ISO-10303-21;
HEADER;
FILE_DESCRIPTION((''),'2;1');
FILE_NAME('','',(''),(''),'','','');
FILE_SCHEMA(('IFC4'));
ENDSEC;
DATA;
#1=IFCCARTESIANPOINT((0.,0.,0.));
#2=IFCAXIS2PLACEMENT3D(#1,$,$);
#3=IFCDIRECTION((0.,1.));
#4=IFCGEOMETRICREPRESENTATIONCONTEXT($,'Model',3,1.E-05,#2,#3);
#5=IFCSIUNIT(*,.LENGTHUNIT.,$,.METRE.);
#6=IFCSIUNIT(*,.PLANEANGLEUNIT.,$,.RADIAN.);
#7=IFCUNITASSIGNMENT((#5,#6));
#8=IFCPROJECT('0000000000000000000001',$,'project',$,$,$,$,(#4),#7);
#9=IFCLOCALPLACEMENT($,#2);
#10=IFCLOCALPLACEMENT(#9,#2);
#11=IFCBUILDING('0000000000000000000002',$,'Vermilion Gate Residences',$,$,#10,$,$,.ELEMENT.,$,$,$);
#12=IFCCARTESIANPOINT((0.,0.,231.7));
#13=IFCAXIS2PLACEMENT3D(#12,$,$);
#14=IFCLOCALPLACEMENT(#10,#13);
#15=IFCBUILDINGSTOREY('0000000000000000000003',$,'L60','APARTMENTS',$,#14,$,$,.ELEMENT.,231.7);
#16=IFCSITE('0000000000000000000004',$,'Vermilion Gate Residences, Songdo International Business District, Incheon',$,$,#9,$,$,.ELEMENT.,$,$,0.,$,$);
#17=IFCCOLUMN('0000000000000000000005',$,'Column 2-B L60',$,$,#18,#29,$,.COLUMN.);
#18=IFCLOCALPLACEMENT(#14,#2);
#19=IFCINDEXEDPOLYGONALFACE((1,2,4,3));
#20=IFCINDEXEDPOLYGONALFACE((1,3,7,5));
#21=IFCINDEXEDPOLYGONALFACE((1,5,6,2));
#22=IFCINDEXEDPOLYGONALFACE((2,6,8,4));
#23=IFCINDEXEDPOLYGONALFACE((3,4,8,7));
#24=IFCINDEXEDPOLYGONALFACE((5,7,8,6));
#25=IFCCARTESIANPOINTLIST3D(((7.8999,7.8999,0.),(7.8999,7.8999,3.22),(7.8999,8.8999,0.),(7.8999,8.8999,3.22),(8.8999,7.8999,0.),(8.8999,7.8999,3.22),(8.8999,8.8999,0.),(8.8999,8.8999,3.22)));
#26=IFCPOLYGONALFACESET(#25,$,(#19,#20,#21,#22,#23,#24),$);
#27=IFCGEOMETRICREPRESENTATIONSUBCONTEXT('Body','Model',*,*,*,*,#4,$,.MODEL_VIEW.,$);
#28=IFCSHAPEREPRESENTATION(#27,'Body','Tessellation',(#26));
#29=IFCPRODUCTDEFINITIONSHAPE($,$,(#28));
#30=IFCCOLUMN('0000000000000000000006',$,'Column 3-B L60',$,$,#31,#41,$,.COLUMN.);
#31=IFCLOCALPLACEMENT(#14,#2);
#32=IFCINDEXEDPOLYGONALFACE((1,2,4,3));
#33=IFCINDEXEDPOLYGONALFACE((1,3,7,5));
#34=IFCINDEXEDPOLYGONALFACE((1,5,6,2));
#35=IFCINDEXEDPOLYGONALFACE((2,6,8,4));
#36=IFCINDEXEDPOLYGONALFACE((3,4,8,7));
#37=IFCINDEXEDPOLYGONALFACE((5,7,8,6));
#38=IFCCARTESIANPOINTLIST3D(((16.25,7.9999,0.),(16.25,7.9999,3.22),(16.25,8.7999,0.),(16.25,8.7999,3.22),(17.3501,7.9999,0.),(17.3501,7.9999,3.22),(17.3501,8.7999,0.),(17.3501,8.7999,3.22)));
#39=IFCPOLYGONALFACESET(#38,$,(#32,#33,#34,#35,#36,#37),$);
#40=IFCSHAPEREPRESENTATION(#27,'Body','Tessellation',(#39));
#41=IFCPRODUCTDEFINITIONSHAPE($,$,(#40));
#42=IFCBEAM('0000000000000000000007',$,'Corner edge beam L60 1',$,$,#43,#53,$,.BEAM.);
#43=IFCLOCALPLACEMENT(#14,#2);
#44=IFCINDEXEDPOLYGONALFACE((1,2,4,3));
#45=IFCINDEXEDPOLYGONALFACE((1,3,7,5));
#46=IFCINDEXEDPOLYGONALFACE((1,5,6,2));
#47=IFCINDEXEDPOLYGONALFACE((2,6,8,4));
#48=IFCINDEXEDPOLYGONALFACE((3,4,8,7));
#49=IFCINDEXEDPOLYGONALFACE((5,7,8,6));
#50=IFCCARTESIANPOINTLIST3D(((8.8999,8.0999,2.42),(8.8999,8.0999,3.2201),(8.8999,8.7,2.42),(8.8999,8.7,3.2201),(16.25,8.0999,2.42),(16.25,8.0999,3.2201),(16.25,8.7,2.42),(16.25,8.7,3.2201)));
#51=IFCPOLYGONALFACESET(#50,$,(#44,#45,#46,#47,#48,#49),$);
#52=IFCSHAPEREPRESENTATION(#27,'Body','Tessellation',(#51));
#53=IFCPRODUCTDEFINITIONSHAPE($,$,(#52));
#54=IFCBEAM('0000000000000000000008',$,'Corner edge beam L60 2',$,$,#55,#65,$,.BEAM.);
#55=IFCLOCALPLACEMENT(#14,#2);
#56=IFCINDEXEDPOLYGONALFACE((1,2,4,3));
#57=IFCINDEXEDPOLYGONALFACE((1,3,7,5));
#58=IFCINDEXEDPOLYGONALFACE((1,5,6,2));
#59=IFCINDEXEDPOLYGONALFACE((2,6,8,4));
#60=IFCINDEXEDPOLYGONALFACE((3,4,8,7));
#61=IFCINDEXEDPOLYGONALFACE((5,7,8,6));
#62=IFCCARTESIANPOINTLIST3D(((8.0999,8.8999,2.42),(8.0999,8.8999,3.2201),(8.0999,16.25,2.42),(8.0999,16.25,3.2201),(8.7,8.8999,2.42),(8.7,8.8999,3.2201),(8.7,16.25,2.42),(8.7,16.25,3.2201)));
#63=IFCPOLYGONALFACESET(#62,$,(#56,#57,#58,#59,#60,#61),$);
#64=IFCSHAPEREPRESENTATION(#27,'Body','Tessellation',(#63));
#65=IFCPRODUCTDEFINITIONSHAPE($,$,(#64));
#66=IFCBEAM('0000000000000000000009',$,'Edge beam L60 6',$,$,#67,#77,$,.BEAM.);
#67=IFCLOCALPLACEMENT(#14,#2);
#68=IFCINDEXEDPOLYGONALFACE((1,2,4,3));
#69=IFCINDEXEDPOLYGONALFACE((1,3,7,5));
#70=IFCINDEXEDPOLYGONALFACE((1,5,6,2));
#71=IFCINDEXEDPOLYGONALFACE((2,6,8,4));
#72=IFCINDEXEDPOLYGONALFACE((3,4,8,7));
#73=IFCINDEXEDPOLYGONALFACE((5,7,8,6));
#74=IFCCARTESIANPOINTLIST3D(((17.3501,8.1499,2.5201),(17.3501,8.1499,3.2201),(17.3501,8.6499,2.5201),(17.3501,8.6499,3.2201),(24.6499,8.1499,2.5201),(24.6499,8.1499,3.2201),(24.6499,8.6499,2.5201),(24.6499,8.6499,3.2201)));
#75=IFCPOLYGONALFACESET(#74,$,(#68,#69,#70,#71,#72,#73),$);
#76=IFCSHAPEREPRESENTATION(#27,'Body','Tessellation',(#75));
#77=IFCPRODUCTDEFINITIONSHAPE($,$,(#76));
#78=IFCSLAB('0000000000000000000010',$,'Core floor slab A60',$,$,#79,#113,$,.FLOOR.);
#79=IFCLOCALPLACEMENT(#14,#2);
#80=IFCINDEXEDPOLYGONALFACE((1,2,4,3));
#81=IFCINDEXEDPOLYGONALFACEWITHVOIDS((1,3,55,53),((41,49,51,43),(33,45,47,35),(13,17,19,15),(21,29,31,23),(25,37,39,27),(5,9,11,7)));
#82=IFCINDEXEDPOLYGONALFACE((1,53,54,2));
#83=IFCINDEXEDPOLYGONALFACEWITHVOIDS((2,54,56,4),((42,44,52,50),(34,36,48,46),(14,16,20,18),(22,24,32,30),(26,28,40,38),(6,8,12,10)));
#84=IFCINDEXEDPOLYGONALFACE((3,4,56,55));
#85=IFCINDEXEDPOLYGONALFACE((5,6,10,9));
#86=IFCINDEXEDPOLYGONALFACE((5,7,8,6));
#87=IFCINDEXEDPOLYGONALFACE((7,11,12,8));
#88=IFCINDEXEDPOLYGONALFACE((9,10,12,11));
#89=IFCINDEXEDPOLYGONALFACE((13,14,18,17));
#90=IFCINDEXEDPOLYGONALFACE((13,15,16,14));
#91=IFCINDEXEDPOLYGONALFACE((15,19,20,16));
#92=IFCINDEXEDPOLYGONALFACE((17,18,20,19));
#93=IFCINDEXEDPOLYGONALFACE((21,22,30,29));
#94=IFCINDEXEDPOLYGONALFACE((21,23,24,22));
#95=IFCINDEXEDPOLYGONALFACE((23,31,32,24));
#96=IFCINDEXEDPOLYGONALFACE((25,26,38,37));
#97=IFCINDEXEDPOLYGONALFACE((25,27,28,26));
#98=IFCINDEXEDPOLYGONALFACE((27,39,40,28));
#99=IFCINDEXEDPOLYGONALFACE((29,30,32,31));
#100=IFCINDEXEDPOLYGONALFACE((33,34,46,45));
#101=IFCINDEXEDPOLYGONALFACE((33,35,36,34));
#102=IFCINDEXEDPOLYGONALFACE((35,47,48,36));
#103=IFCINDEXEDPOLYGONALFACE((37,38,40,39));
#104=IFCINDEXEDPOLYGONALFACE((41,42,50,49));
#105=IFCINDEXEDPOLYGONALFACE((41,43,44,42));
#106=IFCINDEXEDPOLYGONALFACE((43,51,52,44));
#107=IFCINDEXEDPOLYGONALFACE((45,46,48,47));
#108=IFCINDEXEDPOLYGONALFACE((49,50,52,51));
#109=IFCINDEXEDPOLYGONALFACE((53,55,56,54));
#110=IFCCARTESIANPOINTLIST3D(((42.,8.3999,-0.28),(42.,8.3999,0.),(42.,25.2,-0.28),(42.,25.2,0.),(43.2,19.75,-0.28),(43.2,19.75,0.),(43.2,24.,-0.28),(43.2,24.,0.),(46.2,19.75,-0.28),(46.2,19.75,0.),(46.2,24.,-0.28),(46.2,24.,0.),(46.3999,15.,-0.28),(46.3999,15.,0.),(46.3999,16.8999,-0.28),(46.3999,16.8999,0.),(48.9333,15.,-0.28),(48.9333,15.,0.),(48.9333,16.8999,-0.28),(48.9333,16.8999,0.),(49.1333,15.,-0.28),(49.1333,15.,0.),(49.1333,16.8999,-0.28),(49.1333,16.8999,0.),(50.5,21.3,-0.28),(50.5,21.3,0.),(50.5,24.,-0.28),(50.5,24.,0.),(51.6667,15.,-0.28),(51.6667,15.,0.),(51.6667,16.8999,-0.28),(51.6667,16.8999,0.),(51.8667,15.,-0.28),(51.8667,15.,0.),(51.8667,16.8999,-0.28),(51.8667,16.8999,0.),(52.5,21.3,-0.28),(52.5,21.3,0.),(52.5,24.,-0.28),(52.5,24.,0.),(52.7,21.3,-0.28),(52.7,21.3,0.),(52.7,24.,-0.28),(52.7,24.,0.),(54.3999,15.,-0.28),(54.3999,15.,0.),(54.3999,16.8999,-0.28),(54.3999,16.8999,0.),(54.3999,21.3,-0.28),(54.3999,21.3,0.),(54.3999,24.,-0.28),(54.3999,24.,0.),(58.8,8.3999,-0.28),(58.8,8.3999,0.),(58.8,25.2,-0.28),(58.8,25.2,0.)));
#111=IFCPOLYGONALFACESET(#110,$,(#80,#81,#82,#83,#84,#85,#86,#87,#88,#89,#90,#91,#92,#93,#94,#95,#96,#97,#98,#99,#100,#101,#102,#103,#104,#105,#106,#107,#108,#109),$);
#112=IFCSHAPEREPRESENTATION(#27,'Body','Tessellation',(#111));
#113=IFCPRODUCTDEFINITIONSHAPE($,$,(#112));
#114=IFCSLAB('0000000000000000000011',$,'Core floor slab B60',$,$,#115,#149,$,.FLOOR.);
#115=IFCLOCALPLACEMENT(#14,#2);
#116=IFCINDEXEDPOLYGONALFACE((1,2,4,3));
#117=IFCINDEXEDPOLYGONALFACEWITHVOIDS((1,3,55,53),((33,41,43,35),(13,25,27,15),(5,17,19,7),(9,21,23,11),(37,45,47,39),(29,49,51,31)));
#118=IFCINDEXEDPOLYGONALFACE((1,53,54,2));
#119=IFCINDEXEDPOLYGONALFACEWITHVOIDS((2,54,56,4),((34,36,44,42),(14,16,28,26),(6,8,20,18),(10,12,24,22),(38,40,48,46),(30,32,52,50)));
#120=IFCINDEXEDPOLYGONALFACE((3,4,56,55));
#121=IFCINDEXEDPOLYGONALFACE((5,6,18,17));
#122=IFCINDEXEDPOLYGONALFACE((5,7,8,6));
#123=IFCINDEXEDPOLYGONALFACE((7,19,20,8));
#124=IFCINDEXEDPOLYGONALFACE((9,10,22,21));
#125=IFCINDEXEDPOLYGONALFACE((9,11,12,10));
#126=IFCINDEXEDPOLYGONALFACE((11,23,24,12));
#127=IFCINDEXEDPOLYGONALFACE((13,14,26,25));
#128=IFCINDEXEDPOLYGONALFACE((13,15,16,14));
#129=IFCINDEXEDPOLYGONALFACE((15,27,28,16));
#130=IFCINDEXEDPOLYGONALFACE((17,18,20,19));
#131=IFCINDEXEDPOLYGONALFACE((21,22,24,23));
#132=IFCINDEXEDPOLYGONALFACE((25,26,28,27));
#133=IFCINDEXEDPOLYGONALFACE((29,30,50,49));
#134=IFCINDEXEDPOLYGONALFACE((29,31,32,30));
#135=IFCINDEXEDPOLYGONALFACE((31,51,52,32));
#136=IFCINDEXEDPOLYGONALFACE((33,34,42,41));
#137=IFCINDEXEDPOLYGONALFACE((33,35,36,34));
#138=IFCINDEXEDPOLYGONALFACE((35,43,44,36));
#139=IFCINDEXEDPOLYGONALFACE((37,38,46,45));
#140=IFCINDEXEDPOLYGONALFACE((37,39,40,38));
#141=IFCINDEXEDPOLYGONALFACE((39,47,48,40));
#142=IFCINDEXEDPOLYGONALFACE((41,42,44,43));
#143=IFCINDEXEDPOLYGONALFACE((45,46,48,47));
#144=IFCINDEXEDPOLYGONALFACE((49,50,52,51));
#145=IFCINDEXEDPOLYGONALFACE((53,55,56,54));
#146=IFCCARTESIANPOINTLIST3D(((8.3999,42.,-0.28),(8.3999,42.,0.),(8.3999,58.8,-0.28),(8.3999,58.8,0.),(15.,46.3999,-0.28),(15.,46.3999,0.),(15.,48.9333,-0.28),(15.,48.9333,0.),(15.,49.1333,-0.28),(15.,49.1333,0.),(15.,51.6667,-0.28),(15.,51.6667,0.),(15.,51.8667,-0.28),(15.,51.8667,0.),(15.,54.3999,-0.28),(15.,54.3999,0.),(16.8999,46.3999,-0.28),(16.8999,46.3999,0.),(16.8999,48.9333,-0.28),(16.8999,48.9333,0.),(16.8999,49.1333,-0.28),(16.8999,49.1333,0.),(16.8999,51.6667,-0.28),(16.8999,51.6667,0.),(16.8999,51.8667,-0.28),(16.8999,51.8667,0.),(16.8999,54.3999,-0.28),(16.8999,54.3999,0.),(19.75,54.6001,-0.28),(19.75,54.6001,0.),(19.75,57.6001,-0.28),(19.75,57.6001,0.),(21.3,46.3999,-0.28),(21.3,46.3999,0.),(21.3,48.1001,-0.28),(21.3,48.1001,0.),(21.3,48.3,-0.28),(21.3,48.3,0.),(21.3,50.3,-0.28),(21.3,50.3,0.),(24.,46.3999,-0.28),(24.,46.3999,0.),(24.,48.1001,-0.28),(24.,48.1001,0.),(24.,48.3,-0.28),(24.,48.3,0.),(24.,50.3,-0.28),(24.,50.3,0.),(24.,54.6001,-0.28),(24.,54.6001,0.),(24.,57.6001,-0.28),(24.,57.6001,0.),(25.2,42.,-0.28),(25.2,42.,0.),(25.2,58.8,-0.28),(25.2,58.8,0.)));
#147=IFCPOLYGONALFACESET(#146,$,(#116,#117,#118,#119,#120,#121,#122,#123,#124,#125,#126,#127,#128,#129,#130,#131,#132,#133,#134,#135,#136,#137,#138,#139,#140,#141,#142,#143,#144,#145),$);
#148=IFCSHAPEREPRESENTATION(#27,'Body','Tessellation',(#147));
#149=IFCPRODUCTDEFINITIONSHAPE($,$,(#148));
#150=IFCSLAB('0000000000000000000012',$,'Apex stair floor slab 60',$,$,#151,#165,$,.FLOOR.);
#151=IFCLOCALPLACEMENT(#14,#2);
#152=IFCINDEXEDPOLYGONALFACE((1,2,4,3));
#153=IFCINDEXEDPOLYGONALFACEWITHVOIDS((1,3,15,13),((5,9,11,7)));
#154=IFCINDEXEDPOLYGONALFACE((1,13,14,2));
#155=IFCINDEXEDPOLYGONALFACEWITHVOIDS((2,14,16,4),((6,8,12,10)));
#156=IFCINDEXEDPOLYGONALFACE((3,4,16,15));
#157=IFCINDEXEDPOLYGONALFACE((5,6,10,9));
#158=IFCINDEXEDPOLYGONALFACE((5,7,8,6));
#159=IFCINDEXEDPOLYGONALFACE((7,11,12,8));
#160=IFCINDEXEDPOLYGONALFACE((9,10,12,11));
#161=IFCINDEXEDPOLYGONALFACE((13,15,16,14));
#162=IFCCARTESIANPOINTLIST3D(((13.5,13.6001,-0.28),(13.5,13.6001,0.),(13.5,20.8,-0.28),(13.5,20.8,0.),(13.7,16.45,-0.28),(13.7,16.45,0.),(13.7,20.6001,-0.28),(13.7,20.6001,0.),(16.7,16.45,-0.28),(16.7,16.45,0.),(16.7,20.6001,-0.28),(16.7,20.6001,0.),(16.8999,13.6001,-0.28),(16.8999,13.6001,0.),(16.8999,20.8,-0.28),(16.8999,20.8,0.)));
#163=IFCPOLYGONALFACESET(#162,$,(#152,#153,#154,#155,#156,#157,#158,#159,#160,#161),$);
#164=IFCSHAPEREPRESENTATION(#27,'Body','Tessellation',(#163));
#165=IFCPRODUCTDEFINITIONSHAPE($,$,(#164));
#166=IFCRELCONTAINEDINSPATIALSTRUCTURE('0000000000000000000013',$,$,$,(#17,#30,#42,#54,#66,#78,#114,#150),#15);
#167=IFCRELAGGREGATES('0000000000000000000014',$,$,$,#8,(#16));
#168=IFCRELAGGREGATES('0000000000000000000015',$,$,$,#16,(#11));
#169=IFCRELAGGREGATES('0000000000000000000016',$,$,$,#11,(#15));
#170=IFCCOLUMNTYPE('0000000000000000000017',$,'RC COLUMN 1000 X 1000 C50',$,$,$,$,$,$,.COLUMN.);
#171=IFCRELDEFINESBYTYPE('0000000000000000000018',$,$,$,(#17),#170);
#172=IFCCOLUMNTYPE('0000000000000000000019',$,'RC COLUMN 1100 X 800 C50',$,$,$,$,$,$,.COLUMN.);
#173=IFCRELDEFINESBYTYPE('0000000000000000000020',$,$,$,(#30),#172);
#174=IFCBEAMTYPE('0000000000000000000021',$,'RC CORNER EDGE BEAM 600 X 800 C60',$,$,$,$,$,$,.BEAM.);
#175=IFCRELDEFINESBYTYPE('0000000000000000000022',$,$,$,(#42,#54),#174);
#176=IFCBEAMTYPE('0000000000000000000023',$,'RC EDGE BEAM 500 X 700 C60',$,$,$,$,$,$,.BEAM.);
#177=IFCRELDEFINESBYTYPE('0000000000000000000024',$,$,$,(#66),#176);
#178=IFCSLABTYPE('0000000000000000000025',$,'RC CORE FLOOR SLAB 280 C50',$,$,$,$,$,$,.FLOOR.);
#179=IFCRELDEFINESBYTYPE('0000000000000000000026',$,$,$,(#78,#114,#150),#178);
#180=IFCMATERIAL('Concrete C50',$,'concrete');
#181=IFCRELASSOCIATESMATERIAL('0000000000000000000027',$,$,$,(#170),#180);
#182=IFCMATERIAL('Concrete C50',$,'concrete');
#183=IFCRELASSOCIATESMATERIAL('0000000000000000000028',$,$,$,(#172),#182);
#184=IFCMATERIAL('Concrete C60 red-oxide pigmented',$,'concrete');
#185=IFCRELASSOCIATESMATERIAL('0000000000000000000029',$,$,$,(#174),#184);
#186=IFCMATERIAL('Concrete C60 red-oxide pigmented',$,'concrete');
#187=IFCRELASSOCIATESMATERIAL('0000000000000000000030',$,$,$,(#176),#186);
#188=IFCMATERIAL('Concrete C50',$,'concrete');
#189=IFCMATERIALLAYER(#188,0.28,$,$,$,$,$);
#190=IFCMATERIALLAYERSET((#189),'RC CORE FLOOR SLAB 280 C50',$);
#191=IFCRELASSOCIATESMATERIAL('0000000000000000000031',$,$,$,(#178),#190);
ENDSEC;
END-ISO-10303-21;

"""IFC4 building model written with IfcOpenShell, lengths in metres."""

from ifc_helpers import new_model, si_unit, direction, frame, origin, origin_2d, place, context, subcontext, project, spatial, polyline, rectangle, outline, extrude, material, layer, layer_set, material_profile, profile_set, type_object, element, save


model = new_model("IFC4")

# Units and contexts
model_context = context("Model", 3, precision=1e-05, world=origin(), true_north=direction((0.0, 1.0)))
body_context = subcontext(model_context, "Body", "Model", "MODEL_VIEW")
ifc_project = project(units=[si_unit("LENGTHUNIT", "METRE"), si_unit("PLANEANGLEUNIT", "RADIAN")], contexts=[model_context])

# Site, building, storey
site_placement = place(None, origin())
site = spatial("IfcSite", under=ifc_project, at=site_placement, Name="Vermilion Gate Residences, Songdo International Business District, Incheon", CompositionType="ELEMENT", RefElevation=0.0)
building_placement = place(site_placement, origin())
building = spatial("IfcBuilding", under=site, at=building_placement, Name="Vermilion Gate Residences", CompositionType="ELEMENT")
storey_placement = place(building_placement, frame((0.0, 0.0, 231.7)))
storey = spatial("IfcBuildingStorey", under=building, at=storey_placement, Name="L60", Description="APARTMENTS", CompositionType="ELEMENT", Elevation=231.7)

# Columns
ifc_material_1 = material(Name="Concrete C50", Category="concrete")
ifc_material_profile_1 = material_profile(ifc_material_1, rectangle(XDim=1.0, YDim=1.0, at=origin_2d()), Name="RC-1000x1000")
ifc_profile_set_1 = profile_set([ifc_material_profile_1], Name="Concrete C50")
column_type_1 = type_object("IfcColumnType", Name="RC COLUMN 1000 X 1000 C50", PredefinedType="COLUMN", material=ifc_profile_set_1)
column_1_placement = place(storey_placement, frame((8.3999, 8.3999, 0.0), z_axis=(0.0, 0.0, 1.0), x_axis=(1.0, 0.0, 0.0)))
element("IfcColumn", 1, at=column_1_placement, inside=storey, type_object=column_type_1, Name="Column 2-B L60", PredefinedType="COLUMN", context=body_context, shape_type="SweptSolid", body=[
    extrude(rectangle(XDim=1.0, YDim=1.0, at=origin_2d()), origin(), (0.0, 0.0, 1.0), 3.22),
])
ifc_material_2 = material(Name="Concrete C50", Category="concrete")
ifc_material_profile_2 = material_profile(ifc_material_2, rectangle(XDim=1.1001, YDim=0.8, at=origin_2d()), Name="RC-1100x800")
ifc_profile_set_2 = profile_set([ifc_material_profile_2], Name="Concrete C50")
column_type_2 = type_object("IfcColumnType", Name="RC COLUMN 1100 X 800 C50", PredefinedType="COLUMN", material=ifc_profile_set_2)
column_2_placement = place(storey_placement, frame((16.8, 8.3999, 0.0), z_axis=(0.0, 0.0, 1.0), x_axis=(1.0, 0.0, 0.0)))
element("IfcColumn", 2, at=column_2_placement, inside=storey, type_object=column_type_2, Name="Column 3-B L60", PredefinedType="COLUMN", context=body_context, shape_type="SweptSolid", body=[
    extrude(rectangle(XDim=1.1001, YDim=0.8, at=origin_2d()), origin(), (0.0, 0.0, 1.0), 3.22),
])

# Beams
ifc_material_3 = material(Name="Concrete C60 red-oxide pigmented", Category="concrete")
ifc_material_profile_3 = material_profile(ifc_material_3, rectangle(XDim=0.6001, YDim=0.8, at=origin_2d()), Name="RC-600x800")
ifc_profile_set_3 = profile_set([ifc_material_profile_3], Name="Concrete C60 red-oxide pigmented")
beam_type_1 = type_object("IfcBeamType", Name="RC CORNER EDGE BEAM 600 X 800 C60", PredefinedType="BEAM", material=ifc_profile_set_3)
for number, where, z_axis, x_axis, name in (
    (3, (8.8999, 8.3999, 2.8201), (1.0, 0.0, 0.0), (0.0, 1.0, 0.0), "Corner edge beam L60 1"),
    (4, (8.3999, 8.8999, 2.8201), (0.0, 1.0, 0.0), (-1.0, 0.0, 0.0), "Corner edge beam L60 2"),
):
    element("IfcBeam", number, at=place(storey_placement, frame(where, z_axis=z_axis, x_axis=x_axis)), inside=storey, type_object=beam_type_1, Name=name, PredefinedType="BEAM", context=body_context, shape_type="SweptSolid", body=[
        extrude(rectangle(XDim=0.6001, YDim=0.8, at=origin_2d()), origin(), (0.0, 0.0, 1.0), 7.3501),
    ])
ifc_material_4 = material(Name="Concrete C60 red-oxide pigmented", Category="concrete")
ifc_material_profile_4 = material_profile(ifc_material_4, rectangle(XDim=0.5, YDim=0.7, at=origin_2d()), Name="RC-500x700")
ifc_profile_set_4 = profile_set([ifc_material_profile_4], Name="Concrete C60 red-oxide pigmented")
beam_type_2 = type_object("IfcBeamType", Name="RC EDGE BEAM 500 X 700 C60", PredefinedType="BEAM", material=ifc_profile_set_4)
beam_placement = place(storey_placement, frame((17.3501, 8.3999, 2.8701), z_axis=(1.0, 0.0, 0.0), x_axis=(0.0, 1.0, 0.0)))
element("IfcBeam", 5, at=beam_placement, inside=storey, type_object=beam_type_2, Name="Edge beam L60 6", PredefinedType="BEAM", context=body_context, shape_type="SweptSolid", body=[
    extrude(rectangle(XDim=0.5, YDim=0.7, at=origin_2d()), origin(), (0.0, 0.0, 1.0), 7.2998),
])

# Slabs
ifc_material_5 = material(Name="Concrete C50", Category="concrete")
ifc_layer_1 = layer(ifc_material_5, 0.28)
ifc_layer_set_1 = layer_set([ifc_layer_1], Name="RC CORE FLOOR SLAB 280 C50")
slab_type_1 = type_object("IfcSlabType", Name="RC CORE FLOOR SLAB 280 C50", PredefinedType="FLOOR", material=ifc_layer_set_1)
slab_1_placement = place(storey_placement, frame((0.0, 0.0, -0.28)))
element("IfcSlab", 6, at=slab_1_placement, inside=storey, type_object=slab_type_1, Name="Core floor slab A60", PredefinedType="FLOOR", context=body_context, shape_type="SweptSolid", body=[
    extrude(outline(polyline([(42.0, 8.3999), (58.8, 8.3999), (58.8, 25.2), (42.0, 25.2), (42.0, 8.3999)]), holes=[polyline([(46.3999, 15.0), (46.3999, 16.8999), (48.9333, 16.8999), (48.9333, 15.0), (46.3999, 15.0)]), polyline([(49.1333, 16.8999), (51.6667, 16.8999), (51.6667, 15.0), (49.1333, 15.0), (49.1333, 16.8999)]), polyline([(51.8667, 16.8999), (54.3999, 16.8999), (54.3999, 15.0), (51.8667, 15.0), (51.8667, 16.8999)]), polyline([(43.2, 19.75), (43.2, 24.0), (46.2, 24.0), (46.2, 19.75), (43.2, 19.75)]), polyline([(50.5, 24.0), (52.5, 24.0), (52.5, 21.3), (50.5, 21.3), (50.5, 24.0)]), polyline([(52.7, 24.0), (54.3999, 24.0), (54.3999, 21.3), (52.7, 21.3), (52.7, 24.0)])]), origin(), (0.0, 0.0, 1.0), 0.28),
])
slab_2_placement = place(storey_placement, frame((0.0, 0.0, -0.28)))
element("IfcSlab", 7, at=slab_2_placement, inside=storey, type_object=slab_type_1, Name="Core floor slab B60", PredefinedType="FLOOR", context=body_context, shape_type="SweptSolid", body=[
    extrude(outline(polyline([(8.3999, 42.0), (25.2, 42.0), (25.2, 58.8), (8.3999, 58.8), (8.3999, 42.0)]), holes=[polyline([(21.3, 46.3999), (21.3, 48.1001), (24.0, 48.1001), (24.0, 46.3999), (21.3, 46.3999)]), polyline([(15.0, 48.9333), (16.8999, 48.9333), (16.8999, 46.3999), (15.0, 46.3999), (15.0, 48.9333)]), polyline([(21.3, 50.3), (24.0, 50.3), (24.0, 48.3), (21.3, 48.3), (21.3, 50.3)]), polyline([(15.0, 49.1333), (15.0, 51.6667), (16.8999, 51.6667), (16.8999, 49.1333), (15.0, 49.1333)]), polyline([(15.0, 54.3999), (16.8999, 54.3999), (16.8999, 51.8667), (15.0, 51.8667), (15.0, 54.3999)]), polyline([(19.75, 57.6001), (24.0, 57.6001), (24.0, 54.6001), (19.75, 54.6001), (19.75, 57.6001)])]), origin(), (0.0, 0.0, 1.0), 0.28),
])
slab_3_placement = place(storey_placement, frame((0.0, 0.0, -0.28)))
element("IfcSlab", 8, at=slab_3_placement, inside=storey, type_object=slab_type_1, Name="Apex stair floor slab 60", PredefinedType="FLOOR", context=body_context, shape_type="SweptSolid", body=[
    extrude(outline(polyline([(13.5, 13.6001), (16.8999, 13.6001), (16.8999, 20.8), (13.5, 20.8), (13.5, 13.6001)]), holes=[polyline([(16.7, 20.6001), (16.7, 16.45), (13.7, 16.45), (13.7, 20.6001), (16.7, 20.6001)])]), origin(), (0.0, 0.0, 1.0), 0.28),
])

save(model, "model.ifc")
